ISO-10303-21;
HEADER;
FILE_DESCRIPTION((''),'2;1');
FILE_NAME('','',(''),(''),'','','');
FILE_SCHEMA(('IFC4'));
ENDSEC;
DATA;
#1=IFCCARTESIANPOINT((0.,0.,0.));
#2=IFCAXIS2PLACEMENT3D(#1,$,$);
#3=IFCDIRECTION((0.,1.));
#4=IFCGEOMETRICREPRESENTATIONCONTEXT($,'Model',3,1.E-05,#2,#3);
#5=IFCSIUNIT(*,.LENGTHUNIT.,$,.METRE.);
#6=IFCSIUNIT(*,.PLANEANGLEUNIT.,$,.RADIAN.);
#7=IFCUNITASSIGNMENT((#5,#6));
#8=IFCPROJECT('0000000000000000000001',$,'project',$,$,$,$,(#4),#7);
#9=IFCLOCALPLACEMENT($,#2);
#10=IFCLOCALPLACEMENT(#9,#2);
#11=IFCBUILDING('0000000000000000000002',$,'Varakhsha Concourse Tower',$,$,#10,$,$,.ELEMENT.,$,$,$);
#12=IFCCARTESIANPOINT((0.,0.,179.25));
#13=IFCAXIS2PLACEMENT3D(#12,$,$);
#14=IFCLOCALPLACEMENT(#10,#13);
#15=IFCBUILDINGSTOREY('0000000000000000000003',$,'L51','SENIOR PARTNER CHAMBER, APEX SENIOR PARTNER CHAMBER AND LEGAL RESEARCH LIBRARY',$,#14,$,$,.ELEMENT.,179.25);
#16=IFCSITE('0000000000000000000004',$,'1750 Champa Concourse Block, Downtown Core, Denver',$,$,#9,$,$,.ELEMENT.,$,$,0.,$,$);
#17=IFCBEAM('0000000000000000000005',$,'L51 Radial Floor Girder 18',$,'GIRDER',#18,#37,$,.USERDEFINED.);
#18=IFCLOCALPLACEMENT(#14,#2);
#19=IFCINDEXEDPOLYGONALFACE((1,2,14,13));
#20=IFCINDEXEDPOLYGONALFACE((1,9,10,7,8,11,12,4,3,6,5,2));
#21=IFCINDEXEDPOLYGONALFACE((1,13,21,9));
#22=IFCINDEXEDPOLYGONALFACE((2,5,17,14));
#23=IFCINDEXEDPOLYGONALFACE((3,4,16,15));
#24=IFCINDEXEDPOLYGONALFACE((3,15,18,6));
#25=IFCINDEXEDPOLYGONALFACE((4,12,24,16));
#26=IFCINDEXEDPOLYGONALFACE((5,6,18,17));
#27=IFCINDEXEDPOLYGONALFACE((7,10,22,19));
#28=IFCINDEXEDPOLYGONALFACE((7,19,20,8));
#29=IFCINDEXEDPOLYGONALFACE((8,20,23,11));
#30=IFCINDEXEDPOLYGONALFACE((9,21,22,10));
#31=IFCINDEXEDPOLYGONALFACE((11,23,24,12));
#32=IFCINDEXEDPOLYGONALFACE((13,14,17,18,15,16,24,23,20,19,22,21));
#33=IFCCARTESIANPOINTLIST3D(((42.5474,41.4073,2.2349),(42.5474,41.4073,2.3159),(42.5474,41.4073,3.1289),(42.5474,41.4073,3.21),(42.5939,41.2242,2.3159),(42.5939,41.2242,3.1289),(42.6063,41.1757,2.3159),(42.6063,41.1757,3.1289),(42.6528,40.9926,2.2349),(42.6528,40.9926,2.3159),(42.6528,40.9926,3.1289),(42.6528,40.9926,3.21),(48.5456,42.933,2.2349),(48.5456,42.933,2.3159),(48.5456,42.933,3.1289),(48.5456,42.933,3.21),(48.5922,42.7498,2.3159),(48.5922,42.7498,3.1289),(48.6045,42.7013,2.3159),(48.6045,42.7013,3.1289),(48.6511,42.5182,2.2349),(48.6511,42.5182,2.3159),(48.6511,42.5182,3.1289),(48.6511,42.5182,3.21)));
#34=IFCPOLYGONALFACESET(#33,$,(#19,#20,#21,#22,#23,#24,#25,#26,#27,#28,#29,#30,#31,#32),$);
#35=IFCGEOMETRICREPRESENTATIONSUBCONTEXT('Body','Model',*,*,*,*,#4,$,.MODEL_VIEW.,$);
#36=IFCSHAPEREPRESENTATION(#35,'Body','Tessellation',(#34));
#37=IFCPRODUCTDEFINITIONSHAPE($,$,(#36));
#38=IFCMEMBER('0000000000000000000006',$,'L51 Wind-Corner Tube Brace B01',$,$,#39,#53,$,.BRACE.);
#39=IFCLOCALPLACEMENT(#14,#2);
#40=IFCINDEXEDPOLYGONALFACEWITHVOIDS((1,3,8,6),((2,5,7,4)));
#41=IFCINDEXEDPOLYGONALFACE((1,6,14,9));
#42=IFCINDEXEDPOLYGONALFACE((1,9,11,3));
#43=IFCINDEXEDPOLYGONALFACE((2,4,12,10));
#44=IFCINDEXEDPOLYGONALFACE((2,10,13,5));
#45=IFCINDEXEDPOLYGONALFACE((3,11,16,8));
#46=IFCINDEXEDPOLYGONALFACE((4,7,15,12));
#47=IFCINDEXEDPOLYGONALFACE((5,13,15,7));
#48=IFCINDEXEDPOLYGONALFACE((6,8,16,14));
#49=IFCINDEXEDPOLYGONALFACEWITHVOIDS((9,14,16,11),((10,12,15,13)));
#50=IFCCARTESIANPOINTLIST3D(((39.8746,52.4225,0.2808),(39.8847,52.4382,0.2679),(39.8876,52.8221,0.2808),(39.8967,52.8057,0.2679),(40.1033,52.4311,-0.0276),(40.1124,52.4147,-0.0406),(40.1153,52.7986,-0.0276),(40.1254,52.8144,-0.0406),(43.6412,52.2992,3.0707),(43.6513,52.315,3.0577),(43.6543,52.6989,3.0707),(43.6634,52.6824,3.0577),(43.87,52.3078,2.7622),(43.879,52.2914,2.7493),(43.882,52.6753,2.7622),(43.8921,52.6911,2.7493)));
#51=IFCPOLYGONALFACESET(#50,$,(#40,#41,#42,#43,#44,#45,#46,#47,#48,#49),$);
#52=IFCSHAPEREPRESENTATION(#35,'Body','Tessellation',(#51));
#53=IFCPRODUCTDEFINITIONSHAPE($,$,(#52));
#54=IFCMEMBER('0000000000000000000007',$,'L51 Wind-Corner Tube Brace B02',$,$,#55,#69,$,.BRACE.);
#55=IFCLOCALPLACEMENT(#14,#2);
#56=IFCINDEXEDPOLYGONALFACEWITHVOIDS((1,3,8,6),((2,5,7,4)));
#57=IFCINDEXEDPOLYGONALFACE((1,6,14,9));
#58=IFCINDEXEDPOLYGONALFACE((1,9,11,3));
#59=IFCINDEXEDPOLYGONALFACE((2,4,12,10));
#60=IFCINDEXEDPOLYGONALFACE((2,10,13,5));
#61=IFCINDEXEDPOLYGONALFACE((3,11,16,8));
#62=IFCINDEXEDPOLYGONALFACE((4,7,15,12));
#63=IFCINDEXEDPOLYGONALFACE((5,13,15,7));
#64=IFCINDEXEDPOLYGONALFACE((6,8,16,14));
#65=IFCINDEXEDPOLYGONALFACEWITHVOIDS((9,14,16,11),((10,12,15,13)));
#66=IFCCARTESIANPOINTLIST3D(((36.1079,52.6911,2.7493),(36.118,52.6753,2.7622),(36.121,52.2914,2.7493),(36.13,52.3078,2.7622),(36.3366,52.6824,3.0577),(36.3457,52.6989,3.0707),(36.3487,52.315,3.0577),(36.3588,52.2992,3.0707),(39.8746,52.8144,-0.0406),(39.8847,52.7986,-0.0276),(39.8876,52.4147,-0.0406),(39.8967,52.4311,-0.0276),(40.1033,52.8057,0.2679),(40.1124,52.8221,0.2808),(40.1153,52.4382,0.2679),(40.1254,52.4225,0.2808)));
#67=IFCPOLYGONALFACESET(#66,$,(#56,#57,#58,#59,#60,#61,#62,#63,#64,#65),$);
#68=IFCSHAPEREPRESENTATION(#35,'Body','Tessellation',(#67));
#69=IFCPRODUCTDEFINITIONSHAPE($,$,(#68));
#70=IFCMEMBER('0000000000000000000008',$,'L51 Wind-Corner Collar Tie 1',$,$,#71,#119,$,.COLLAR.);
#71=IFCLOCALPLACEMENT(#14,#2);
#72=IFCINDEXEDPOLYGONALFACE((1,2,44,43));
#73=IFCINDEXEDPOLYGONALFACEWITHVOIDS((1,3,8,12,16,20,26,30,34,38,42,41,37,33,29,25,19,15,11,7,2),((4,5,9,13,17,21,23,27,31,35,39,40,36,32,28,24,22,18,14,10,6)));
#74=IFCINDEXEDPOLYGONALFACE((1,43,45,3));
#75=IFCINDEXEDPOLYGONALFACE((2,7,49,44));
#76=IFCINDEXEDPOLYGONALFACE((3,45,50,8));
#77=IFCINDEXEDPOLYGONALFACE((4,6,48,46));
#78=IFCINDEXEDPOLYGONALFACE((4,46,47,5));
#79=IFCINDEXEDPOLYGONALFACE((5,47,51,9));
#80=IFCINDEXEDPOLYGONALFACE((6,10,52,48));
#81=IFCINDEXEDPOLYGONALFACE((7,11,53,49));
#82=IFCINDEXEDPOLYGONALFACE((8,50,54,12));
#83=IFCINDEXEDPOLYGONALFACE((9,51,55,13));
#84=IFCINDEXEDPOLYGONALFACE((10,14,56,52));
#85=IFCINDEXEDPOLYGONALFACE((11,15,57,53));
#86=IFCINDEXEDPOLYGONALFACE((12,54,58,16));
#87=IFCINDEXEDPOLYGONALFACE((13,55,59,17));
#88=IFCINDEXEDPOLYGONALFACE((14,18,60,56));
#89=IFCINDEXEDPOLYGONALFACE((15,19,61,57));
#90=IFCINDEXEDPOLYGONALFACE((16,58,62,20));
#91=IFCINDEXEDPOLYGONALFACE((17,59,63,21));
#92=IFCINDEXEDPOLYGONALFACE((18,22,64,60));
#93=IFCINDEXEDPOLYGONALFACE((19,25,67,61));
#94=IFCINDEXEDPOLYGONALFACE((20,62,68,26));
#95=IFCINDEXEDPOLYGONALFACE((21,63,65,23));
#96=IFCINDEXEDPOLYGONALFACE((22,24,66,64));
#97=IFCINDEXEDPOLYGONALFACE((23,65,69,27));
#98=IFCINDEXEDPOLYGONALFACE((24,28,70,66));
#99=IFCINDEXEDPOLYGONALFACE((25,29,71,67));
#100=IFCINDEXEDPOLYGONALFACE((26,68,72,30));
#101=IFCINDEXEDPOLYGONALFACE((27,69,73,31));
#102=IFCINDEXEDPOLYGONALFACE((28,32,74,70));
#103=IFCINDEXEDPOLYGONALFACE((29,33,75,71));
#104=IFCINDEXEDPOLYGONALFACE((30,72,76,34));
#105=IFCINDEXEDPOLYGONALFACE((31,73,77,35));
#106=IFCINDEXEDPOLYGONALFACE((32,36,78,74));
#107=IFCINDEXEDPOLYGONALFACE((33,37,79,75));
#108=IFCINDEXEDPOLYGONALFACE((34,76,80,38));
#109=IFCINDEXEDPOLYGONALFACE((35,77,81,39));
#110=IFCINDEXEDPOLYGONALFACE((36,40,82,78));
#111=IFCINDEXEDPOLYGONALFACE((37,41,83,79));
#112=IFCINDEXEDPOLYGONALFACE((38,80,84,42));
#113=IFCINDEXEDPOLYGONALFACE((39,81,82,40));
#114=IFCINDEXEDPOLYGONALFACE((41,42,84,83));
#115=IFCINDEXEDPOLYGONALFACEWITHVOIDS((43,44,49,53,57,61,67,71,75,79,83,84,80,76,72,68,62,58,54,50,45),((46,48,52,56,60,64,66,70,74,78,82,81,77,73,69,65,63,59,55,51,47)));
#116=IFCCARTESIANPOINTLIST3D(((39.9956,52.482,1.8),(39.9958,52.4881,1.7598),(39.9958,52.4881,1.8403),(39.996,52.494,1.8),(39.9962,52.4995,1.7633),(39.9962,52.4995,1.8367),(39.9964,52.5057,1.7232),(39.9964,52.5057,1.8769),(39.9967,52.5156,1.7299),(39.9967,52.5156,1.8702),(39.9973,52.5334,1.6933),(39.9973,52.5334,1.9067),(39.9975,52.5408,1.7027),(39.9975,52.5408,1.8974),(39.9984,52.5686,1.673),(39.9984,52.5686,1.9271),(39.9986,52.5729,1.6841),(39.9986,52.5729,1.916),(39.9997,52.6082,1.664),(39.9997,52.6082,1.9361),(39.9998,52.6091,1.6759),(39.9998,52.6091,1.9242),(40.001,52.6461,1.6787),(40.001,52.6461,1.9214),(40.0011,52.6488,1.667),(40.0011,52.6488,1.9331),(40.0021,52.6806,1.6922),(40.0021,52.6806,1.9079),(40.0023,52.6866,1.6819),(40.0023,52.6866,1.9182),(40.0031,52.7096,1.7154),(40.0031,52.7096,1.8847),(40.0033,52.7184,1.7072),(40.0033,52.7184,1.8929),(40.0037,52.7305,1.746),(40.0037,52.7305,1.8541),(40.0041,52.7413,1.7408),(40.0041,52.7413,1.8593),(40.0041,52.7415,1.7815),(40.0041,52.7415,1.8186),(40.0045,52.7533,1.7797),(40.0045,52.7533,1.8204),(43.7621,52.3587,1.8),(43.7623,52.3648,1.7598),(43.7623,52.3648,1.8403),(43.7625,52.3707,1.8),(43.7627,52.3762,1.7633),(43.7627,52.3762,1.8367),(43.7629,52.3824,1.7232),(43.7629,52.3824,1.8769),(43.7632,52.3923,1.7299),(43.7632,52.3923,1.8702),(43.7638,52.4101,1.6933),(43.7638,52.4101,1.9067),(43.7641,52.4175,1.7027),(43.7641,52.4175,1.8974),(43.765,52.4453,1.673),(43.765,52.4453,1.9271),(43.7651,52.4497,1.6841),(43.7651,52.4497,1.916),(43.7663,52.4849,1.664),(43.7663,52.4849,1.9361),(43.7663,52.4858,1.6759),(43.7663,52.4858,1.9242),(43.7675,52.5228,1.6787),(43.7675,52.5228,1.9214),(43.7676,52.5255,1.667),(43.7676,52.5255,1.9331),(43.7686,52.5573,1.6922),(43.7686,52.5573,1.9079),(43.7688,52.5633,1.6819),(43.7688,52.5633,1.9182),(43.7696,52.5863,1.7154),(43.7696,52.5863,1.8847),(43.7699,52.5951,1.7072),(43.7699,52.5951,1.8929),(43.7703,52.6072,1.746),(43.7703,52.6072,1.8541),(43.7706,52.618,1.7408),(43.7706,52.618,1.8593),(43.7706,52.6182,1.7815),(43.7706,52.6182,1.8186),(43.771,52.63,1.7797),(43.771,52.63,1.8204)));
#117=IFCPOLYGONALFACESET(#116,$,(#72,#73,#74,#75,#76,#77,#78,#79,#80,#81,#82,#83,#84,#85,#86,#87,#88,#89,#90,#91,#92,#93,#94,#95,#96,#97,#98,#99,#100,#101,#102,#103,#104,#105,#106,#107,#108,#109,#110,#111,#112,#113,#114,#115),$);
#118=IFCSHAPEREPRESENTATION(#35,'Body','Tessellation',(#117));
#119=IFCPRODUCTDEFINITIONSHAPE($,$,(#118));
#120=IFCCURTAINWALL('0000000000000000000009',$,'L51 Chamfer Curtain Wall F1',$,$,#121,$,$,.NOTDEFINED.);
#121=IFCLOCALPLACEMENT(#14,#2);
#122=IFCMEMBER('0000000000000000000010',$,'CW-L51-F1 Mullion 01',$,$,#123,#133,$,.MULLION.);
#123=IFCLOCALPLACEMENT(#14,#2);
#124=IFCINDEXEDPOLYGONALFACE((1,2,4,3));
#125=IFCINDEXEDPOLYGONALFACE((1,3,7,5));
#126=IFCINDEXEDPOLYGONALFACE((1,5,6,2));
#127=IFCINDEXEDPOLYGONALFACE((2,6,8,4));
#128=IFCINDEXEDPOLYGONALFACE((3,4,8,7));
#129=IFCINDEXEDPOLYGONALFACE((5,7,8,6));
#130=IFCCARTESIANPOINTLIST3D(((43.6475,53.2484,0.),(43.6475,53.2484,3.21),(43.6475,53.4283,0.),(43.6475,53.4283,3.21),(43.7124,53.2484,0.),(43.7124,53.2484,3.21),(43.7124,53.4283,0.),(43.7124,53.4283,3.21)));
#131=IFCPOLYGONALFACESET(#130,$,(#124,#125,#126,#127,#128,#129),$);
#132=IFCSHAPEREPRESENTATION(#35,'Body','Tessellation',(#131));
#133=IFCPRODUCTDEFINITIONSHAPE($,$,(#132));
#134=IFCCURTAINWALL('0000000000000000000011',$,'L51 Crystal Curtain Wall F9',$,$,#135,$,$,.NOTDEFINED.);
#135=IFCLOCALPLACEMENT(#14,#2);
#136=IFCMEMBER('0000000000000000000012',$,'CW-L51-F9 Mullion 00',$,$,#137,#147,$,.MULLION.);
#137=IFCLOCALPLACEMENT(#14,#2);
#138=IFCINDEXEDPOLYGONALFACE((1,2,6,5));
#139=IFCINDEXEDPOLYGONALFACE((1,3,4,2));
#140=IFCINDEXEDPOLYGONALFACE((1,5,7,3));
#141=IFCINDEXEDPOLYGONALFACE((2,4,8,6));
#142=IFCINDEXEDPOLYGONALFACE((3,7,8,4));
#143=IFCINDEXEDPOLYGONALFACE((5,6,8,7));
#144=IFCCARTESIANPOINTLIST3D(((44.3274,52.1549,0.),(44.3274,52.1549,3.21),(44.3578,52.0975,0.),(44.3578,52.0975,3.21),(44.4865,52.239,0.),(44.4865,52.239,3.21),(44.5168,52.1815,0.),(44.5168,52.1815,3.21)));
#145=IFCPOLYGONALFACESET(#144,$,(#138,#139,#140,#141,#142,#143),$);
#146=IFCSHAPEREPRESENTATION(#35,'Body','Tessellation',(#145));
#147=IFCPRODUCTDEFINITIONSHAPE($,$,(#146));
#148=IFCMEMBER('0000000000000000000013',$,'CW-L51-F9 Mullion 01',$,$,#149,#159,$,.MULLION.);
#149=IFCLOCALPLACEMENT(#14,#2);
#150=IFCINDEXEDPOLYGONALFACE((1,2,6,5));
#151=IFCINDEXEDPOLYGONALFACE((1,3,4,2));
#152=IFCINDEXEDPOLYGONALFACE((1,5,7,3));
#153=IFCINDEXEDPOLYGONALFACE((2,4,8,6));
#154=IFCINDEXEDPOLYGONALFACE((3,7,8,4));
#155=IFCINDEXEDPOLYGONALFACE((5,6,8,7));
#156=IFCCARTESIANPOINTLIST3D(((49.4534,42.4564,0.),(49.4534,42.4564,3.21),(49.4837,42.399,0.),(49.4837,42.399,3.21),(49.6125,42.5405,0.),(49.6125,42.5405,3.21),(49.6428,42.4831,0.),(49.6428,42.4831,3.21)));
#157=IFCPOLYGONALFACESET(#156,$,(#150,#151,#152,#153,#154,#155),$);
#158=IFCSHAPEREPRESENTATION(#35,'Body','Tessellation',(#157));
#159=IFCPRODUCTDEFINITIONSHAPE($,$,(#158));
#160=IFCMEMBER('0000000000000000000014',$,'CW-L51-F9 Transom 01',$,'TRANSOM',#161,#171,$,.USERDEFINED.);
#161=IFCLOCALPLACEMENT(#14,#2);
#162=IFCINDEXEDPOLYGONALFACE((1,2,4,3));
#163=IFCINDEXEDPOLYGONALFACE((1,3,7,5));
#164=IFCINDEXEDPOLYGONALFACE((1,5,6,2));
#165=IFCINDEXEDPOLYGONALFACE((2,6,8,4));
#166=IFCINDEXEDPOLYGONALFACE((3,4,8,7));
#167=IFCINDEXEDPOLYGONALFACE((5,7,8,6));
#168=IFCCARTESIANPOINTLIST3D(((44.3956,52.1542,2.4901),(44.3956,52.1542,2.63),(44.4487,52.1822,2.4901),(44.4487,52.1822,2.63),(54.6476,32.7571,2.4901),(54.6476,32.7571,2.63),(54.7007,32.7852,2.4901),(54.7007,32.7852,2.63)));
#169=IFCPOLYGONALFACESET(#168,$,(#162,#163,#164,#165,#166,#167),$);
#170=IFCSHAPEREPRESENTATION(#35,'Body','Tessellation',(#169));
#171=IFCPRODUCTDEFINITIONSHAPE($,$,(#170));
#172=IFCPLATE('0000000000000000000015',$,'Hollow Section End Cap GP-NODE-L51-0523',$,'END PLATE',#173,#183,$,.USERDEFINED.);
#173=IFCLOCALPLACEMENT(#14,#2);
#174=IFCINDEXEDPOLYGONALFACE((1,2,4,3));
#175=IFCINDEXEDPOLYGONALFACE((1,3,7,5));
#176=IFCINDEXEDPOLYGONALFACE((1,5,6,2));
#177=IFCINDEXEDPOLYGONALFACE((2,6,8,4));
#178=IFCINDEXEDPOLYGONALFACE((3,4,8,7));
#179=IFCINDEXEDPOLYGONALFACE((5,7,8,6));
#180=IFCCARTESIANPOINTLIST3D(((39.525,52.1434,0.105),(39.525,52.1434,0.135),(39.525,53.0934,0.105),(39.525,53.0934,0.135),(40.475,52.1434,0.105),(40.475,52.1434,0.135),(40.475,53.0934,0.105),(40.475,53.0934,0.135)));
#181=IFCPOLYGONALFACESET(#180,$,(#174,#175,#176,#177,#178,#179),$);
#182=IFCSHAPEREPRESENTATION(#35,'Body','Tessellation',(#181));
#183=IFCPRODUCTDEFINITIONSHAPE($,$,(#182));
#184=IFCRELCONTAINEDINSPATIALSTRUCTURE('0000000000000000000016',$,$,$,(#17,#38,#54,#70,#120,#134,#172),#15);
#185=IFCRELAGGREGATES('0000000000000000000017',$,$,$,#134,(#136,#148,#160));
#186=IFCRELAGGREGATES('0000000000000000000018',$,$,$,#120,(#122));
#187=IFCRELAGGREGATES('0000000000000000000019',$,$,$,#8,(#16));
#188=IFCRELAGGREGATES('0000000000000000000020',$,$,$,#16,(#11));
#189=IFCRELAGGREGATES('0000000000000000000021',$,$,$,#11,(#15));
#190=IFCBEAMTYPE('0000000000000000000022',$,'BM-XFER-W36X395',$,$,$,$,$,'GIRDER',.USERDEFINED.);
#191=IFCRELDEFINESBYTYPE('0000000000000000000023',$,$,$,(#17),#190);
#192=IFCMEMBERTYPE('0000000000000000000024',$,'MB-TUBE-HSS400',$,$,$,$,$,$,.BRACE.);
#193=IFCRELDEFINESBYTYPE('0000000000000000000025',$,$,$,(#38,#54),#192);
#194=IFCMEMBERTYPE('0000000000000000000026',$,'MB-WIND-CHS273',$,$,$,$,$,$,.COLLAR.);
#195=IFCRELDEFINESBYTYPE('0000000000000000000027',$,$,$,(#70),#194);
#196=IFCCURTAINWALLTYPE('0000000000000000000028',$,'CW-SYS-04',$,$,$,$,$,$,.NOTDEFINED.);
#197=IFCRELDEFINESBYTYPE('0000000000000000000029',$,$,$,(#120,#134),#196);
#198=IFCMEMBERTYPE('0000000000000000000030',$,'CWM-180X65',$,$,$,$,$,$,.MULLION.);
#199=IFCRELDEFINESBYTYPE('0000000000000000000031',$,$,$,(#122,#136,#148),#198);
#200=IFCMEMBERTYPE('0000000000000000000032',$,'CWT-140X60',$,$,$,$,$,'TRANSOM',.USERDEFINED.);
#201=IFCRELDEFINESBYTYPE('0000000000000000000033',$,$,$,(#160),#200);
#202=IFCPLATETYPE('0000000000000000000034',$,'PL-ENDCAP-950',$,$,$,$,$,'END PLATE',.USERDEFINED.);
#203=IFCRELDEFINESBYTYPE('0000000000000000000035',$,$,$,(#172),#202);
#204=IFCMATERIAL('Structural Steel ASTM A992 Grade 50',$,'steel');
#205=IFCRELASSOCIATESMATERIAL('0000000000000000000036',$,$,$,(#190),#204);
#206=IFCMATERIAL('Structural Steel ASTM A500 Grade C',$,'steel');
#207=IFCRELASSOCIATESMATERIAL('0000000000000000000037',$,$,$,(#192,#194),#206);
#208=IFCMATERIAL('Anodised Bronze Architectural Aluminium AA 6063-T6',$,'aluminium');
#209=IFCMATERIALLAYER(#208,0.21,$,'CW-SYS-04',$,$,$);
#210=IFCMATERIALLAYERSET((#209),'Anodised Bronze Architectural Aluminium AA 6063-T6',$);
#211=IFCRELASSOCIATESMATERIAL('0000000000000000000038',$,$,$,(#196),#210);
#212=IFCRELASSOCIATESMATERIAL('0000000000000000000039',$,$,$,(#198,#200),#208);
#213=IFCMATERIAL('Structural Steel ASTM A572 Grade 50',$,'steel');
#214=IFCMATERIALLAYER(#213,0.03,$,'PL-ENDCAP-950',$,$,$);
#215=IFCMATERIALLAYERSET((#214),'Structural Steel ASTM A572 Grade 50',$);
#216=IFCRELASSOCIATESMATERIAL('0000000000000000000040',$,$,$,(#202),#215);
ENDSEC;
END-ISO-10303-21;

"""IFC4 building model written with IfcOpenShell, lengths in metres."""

from ifc_helpers import new_model, si_unit, direction, frame, origin, origin_2d, place, context, subcontext, project, spatial, rectangle, hollow_rectangle, hollow_circle, i_section, extrude, source, transform, mapped, material, layer, layer_set, material_profile, profile_set, type_object, type_shapes, element, aggregate, save


model = new_model("IFC4")

# Units and contexts
model_context = context("Model", 3, precision=1e-05, world=origin(), true_north=direction((0.0, 1.0)))
body_context = subcontext(model_context, "Body", "Model", "MODEL_VIEW")
ifc_project = project(units=[si_unit("LENGTHUNIT", "METRE"), si_unit("PLANEANGLEUNIT", "RADIAN")], contexts=[model_context])

# Site, building, storey
site_placement = place(None, origin())
site = spatial("IfcSite", under=ifc_project, at=site_placement, Name="1750 Champa Concourse Block, Downtown Core, Denver", CompositionType="ELEMENT", RefElevation=0.0)
building_placement = place(site_placement, origin())
building = spatial("IfcBuilding", under=site, at=building_placement, Name="Varakhsha Concourse Tower", CompositionType="ELEMENT")
storey_placement = place(building_placement, frame((0.0, 0.0, 179.25)))
storey = spatial("IfcBuildingStorey", under=building, at=storey_placement, Name="L51", Description="SENIOR PARTNER CHAMBER, APEX SENIOR PARTNER CHAMBER AND LEGAL RESEARCH LIBRARY", CompositionType="ELEMENT", Elevation=179.25)

# Shared definitions
ifc_material_1 = material(Name="Structural Steel ASTM A992 Grade 50", Category="steel")
ifc_material_2 = material(Name="Structural Steel ASTM A572 Grade 50", Category="steel")

# Beam
ifc_material_profile_1 = material_profile(ifc_material_1, i_section(OverallWidth=0.428, OverallDepth=0.9751, WebThickness=0.05, FlangeThickness=0.0811, at=origin_2d()), Name="W36X395")
ifc_profile_set_1 = profile_set([ifc_material_profile_1], Name="Structural Steel ASTM A992 Grade 50")
beam_type_1 = type_object("IfcBeamType", Name="BM-XFER-W36X395", ElementType="GIRDER", PredefinedType="USERDEFINED", material=ifc_profile_set_1)
beam_1_placement = place(storey_placement, frame((42.6001, 41.2, 2.7224), z_axis=(0.969144, 0.246497, 0.0), x_axis=(-0.246497, 0.969144, 0.0)))
element("IfcBeam", 1, at=beam_1_placement, inside=storey, type_object=beam_type_1, Name="L51 Radial Floor Girder 18", ObjectType="GIRDER", PredefinedType="USERDEFINED", context=body_context, shape_type="SweptSolid", body=[
    extrude(i_section(OverallWidth=0.428, OverallDepth=0.9751, WebThickness=0.05, FlangeThickness=0.0811, at=origin_2d()), origin(), (0.0, 0.0, 1.0), 6.1892),
])

# Members
ifc_material_3 = material(Name="Structural Steel ASTM A500 Grade C", Category="steel")
ifc_material_profile_2 = material_profile(ifc_material_3, hollow_rectangle(XDim=0.3999, YDim=0.3999, WallThickness=0.0161, at=origin_2d()), Name="HSS 400x400x16")
ifc_profile_set_2 = profile_set([ifc_material_profile_2], Name="Structural Steel ASTM A500 Grade C")
member_type_1 = type_object("IfcMemberType", Name="MB-TUBE-HSS400", PredefinedType="BRACE", material=ifc_profile_set_2)
shared_shape_1 = source(origin(), body_context, "Body", "SweptSolid", [
    extrude(hollow_rectangle(XDim=0.3999, YDim=0.3999, WallThickness=0.0161, at=origin_2d()), origin(), (0.0, 0.0, 1.0), 4.689),
])
type_shapes(member_type_1, [shared_shape_1])
for number, where, z_axis, x_axis, name in (
    (2, (40.0, 52.6184, 0.1201), (0.803308, -0.026294, 0.594983), (0.032715, 0.999465, 0.0), "L51 Wind-Corner Tube Brace B01"),
    (3, (40.0, 52.6184, 0.1201), (-0.803308, -0.026294, 0.594983), (0.032715, -0.999465, 0.0), "L51 Wind-Corner Tube Brace B02"),
):
    element("IfcMember", number, at=place(storey_placement, frame(where, z_axis=z_axis, x_axis=x_axis)), inside=storey, type_object=member_type_1, Name=name, PredefinedType="BRACE", context=body_context, shape_type="MappedRepresentation", body=[
        mapped(shared_shape_1, transform((0.0, 0.0, 0.0), scale=1.0)),
    ])
ifc_material_profile_3 = material_profile(ifc_material_3, hollow_circle(Radius=0.1365, WallThickness=0.012, at=origin_2d()), Name="CHS 273x12")
ifc_profile_set_3 = profile_set([ifc_material_profile_3], Name="Structural Steel ASTM A500 Grade C")
member_type_2 = type_object("IfcMemberType", Name="MB-WIND-CHS273", PredefinedType="COLLAR", material=ifc_profile_set_3)
shared_shape_2 = source(origin(), body_context, "Body", "SweptSolid", [
    extrude(hollow_circle(Radius=0.1365, WallThickness=0.012, at=origin_2d()), origin(), (0.0, 0.0, 1.0), 3.7686),
])
type_shapes(member_type_2, [shared_shape_2])
member_1_placement = place(storey_placement, frame((43.7666, 52.4951, 1.8), z_axis=(-0.999465, 0.032715, 0.0), x_axis=(-0.032715, -0.999465, 0.0)))
element("IfcMember", 4, at=member_1_placement, inside=storey, type_object=member_type_2, Name="L51 Wind-Corner Collar Tie 1", PredefinedType="COLLAR", context=body_context, shape_type="MappedRepresentation", body=[
    mapped(shared_shape_2, transform((0.0, 0.0, 0.0), scale=1.0)),
])

# Curtain wall, member
ifc_material_4 = material(Name="Anodised Bronze Architectural Aluminium AA 6063-T6", Category="aluminium")
ifc_layer_1 = layer(ifc_material_4, 0.21, Name="CW-SYS-04")
ifc_layer_set_1 = layer_set([ifc_layer_1], Name="Anodised Bronze Architectural Aluminium AA 6063-T6")
curtain_wall_type = type_object("IfcCurtainWallType", Name="CW-SYS-04", PredefinedType="NOTDEFINED", material=ifc_layer_set_1)
curtain_wall_1_placement = place(storey_placement, origin())
curtain_wall_1 = element("IfcCurtainWall", 5, at=curtain_wall_1_placement, inside=storey, type_object=curtain_wall_type, Name="L51 Chamfer Curtain Wall F1", PredefinedType="NOTDEFINED")
ifc_material_profile_4 = material_profile(ifc_material_4, rectangle(XDim=0.0649, YDim=0.1799, at=origin_2d()), Name="CWM-180X65")
ifc_profile_set_4 = profile_set([ifc_material_profile_4], Name="Anodised Bronze Architectural Aluminium AA 6063-T6")
member_type_3 = type_object("IfcMemberType", Name="CWM-180X65", PredefinedType="MULLION", material=ifc_profile_set_4)
shared_shape_3 = source(origin(), body_context, "Body", "SweptSolid", [
    extrude(rectangle(XDim=0.0649, YDim=0.1799, at=origin_2d()), origin(), (0.0, 0.0, 1.0), 3.21),
])
type_shapes(member_type_3, [shared_shape_3])
member_2_placement = place(storey_placement, frame((43.6799, 53.3384, 0.0), z_axis=(0.0, 0.0, 1.0), x_axis=(1.0, 0.0, 0.0)))
member_2 = element("IfcMember", 6, at=member_2_placement, type_object=member_type_3, Name="CW-L51-F1 Mullion 01", PredefinedType="MULLION", context=body_context, shape_type="MappedRepresentation", body=[
    mapped(shared_shape_3, transform((0.0, 0.0, 0.0), scale=1.0)),
])

# Curtain wall, members
curtain_wall_2_placement = place(storey_placement, origin())
curtain_wall_2 = element("IfcCurtainWall", 7, at=curtain_wall_2_placement, inside=storey, type_object=curtain_wall_type, Name="L51 Crystal Curtain Wall F9", PredefinedType="NOTDEFINED")
member_3_placement = place(storey_placement, frame((44.4221, 52.1682, 0.0), z_axis=(0.0, 0.0, 1.0), x_axis=(0.467286, -0.884106, 0.0)))
member_3 = element("IfcMember", 8, at=member_3_placement, type_object=member_type_3, Name="CW-L51-F9 Mullion 00", PredefinedType="MULLION", context=body_context, shape_type="MappedRepresentation", body=[
    mapped(shared_shape_3, transform((0.0, 0.0, 0.0), scale=1.0)),
])
member_4_placement = place(storey_placement, frame((49.5481, 42.4697, 0.0), z_axis=(0.0, 0.0, 1.0), x_axis=(0.467286, -0.884106, 0.0)))
member_4 = element("IfcMember", 9, at=member_4_placement, type_object=member_type_3, Name="CW-L51-F9 Mullion 01", PredefinedType="MULLION", context=body_context, shape_type="MappedRepresentation", body=[
    mapped(shared_shape_3, transform((0.0, 0.0, 0.0), scale=1.0)),
])
ifc_material_profile_5 = material_profile(ifc_material_4, rectangle(XDim=0.0601, YDim=0.1399, at=origin_2d()), Name="CWT-140X60")
ifc_profile_set_5 = profile_set([ifc_material_profile_5], Name="Anodised Bronze Architectural Aluminium AA 6063-T6")
member_type_4 = type_object("IfcMemberType", Name="CWT-140X60", ElementType="TRANSOM", PredefinedType="USERDEFINED", material=ifc_profile_set_5)
shared_shape_4 = source(origin(), body_context, "Body", "SweptSolid", [
    extrude(rectangle(XDim=0.0601, YDim=0.1399, at=origin_2d()), origin(), (0.0, 0.0, 1.0), 21.9397),
])
type_shapes(member_type_4, [shared_shape_4])
member_5_placement = place(storey_placement, frame((44.4221, 52.1682, 2.5601), z_axis=(0.467281, -0.884109, 0.0), x_axis=(0.884109, 0.467281, 0.0)))
member_5 = element("IfcMember", 10, at=member_5_placement, type_object=member_type_4, Name="CW-L51-F9 Transom 01", ObjectType="TRANSOM", PredefinedType="USERDEFINED", context=body_context, shape_type="MappedRepresentation", body=[
    mapped(shared_shape_4, transform((0.0, 0.0, 0.0), scale=1.0)),
])

# Plate
ifc_layer_2 = layer(ifc_material_2, 0.03, Name="PL-ENDCAP-950")
ifc_layer_set_2 = layer_set([ifc_layer_2], Name="Structural Steel ASTM A572 Grade 50")
plate_type_1 = type_object("IfcPlateType", Name="PL-ENDCAP-950", ElementType="END PLATE", PredefinedType="USERDEFINED", material=ifc_layer_set_2)
shared_shape_5 = source(origin(), body_context, "Body", "SweptSolid", [
    extrude(rectangle(XDim=0.95, YDim=0.95, at=origin_2d()), origin(), (0.0, 0.0, 1.0), 0.03),
])
type_shapes(plate_type_1, [shared_shape_5])
for number, where, z_axis, x_axis, name in (
    (11, (40.0, 52.6184, 0.105), (0.0, 0.0, 1.0), (1.0, 0.0, 0.0), "Hollow Section End Cap GP-NODE-L51-0523"),
):
    element("IfcPlate", number, at=place(storey_placement, frame(where, z_axis=z_axis, x_axis=x_axis)), inside=storey, type_object=plate_type_1, Name=name, ObjectType="END PLATE", PredefinedType="USERDEFINED", context=body_context, shape_type="MappedRepresentation", body=[
        mapped(shared_shape_5, transform((0.0, 0.0, 0.0), scale=1.0)),
    ])

aggregate(curtain_wall_2, [member_3, member_4, member_5])
aggregate(curtain_wall_1, [member_2])

save(model, "model.ifc")
